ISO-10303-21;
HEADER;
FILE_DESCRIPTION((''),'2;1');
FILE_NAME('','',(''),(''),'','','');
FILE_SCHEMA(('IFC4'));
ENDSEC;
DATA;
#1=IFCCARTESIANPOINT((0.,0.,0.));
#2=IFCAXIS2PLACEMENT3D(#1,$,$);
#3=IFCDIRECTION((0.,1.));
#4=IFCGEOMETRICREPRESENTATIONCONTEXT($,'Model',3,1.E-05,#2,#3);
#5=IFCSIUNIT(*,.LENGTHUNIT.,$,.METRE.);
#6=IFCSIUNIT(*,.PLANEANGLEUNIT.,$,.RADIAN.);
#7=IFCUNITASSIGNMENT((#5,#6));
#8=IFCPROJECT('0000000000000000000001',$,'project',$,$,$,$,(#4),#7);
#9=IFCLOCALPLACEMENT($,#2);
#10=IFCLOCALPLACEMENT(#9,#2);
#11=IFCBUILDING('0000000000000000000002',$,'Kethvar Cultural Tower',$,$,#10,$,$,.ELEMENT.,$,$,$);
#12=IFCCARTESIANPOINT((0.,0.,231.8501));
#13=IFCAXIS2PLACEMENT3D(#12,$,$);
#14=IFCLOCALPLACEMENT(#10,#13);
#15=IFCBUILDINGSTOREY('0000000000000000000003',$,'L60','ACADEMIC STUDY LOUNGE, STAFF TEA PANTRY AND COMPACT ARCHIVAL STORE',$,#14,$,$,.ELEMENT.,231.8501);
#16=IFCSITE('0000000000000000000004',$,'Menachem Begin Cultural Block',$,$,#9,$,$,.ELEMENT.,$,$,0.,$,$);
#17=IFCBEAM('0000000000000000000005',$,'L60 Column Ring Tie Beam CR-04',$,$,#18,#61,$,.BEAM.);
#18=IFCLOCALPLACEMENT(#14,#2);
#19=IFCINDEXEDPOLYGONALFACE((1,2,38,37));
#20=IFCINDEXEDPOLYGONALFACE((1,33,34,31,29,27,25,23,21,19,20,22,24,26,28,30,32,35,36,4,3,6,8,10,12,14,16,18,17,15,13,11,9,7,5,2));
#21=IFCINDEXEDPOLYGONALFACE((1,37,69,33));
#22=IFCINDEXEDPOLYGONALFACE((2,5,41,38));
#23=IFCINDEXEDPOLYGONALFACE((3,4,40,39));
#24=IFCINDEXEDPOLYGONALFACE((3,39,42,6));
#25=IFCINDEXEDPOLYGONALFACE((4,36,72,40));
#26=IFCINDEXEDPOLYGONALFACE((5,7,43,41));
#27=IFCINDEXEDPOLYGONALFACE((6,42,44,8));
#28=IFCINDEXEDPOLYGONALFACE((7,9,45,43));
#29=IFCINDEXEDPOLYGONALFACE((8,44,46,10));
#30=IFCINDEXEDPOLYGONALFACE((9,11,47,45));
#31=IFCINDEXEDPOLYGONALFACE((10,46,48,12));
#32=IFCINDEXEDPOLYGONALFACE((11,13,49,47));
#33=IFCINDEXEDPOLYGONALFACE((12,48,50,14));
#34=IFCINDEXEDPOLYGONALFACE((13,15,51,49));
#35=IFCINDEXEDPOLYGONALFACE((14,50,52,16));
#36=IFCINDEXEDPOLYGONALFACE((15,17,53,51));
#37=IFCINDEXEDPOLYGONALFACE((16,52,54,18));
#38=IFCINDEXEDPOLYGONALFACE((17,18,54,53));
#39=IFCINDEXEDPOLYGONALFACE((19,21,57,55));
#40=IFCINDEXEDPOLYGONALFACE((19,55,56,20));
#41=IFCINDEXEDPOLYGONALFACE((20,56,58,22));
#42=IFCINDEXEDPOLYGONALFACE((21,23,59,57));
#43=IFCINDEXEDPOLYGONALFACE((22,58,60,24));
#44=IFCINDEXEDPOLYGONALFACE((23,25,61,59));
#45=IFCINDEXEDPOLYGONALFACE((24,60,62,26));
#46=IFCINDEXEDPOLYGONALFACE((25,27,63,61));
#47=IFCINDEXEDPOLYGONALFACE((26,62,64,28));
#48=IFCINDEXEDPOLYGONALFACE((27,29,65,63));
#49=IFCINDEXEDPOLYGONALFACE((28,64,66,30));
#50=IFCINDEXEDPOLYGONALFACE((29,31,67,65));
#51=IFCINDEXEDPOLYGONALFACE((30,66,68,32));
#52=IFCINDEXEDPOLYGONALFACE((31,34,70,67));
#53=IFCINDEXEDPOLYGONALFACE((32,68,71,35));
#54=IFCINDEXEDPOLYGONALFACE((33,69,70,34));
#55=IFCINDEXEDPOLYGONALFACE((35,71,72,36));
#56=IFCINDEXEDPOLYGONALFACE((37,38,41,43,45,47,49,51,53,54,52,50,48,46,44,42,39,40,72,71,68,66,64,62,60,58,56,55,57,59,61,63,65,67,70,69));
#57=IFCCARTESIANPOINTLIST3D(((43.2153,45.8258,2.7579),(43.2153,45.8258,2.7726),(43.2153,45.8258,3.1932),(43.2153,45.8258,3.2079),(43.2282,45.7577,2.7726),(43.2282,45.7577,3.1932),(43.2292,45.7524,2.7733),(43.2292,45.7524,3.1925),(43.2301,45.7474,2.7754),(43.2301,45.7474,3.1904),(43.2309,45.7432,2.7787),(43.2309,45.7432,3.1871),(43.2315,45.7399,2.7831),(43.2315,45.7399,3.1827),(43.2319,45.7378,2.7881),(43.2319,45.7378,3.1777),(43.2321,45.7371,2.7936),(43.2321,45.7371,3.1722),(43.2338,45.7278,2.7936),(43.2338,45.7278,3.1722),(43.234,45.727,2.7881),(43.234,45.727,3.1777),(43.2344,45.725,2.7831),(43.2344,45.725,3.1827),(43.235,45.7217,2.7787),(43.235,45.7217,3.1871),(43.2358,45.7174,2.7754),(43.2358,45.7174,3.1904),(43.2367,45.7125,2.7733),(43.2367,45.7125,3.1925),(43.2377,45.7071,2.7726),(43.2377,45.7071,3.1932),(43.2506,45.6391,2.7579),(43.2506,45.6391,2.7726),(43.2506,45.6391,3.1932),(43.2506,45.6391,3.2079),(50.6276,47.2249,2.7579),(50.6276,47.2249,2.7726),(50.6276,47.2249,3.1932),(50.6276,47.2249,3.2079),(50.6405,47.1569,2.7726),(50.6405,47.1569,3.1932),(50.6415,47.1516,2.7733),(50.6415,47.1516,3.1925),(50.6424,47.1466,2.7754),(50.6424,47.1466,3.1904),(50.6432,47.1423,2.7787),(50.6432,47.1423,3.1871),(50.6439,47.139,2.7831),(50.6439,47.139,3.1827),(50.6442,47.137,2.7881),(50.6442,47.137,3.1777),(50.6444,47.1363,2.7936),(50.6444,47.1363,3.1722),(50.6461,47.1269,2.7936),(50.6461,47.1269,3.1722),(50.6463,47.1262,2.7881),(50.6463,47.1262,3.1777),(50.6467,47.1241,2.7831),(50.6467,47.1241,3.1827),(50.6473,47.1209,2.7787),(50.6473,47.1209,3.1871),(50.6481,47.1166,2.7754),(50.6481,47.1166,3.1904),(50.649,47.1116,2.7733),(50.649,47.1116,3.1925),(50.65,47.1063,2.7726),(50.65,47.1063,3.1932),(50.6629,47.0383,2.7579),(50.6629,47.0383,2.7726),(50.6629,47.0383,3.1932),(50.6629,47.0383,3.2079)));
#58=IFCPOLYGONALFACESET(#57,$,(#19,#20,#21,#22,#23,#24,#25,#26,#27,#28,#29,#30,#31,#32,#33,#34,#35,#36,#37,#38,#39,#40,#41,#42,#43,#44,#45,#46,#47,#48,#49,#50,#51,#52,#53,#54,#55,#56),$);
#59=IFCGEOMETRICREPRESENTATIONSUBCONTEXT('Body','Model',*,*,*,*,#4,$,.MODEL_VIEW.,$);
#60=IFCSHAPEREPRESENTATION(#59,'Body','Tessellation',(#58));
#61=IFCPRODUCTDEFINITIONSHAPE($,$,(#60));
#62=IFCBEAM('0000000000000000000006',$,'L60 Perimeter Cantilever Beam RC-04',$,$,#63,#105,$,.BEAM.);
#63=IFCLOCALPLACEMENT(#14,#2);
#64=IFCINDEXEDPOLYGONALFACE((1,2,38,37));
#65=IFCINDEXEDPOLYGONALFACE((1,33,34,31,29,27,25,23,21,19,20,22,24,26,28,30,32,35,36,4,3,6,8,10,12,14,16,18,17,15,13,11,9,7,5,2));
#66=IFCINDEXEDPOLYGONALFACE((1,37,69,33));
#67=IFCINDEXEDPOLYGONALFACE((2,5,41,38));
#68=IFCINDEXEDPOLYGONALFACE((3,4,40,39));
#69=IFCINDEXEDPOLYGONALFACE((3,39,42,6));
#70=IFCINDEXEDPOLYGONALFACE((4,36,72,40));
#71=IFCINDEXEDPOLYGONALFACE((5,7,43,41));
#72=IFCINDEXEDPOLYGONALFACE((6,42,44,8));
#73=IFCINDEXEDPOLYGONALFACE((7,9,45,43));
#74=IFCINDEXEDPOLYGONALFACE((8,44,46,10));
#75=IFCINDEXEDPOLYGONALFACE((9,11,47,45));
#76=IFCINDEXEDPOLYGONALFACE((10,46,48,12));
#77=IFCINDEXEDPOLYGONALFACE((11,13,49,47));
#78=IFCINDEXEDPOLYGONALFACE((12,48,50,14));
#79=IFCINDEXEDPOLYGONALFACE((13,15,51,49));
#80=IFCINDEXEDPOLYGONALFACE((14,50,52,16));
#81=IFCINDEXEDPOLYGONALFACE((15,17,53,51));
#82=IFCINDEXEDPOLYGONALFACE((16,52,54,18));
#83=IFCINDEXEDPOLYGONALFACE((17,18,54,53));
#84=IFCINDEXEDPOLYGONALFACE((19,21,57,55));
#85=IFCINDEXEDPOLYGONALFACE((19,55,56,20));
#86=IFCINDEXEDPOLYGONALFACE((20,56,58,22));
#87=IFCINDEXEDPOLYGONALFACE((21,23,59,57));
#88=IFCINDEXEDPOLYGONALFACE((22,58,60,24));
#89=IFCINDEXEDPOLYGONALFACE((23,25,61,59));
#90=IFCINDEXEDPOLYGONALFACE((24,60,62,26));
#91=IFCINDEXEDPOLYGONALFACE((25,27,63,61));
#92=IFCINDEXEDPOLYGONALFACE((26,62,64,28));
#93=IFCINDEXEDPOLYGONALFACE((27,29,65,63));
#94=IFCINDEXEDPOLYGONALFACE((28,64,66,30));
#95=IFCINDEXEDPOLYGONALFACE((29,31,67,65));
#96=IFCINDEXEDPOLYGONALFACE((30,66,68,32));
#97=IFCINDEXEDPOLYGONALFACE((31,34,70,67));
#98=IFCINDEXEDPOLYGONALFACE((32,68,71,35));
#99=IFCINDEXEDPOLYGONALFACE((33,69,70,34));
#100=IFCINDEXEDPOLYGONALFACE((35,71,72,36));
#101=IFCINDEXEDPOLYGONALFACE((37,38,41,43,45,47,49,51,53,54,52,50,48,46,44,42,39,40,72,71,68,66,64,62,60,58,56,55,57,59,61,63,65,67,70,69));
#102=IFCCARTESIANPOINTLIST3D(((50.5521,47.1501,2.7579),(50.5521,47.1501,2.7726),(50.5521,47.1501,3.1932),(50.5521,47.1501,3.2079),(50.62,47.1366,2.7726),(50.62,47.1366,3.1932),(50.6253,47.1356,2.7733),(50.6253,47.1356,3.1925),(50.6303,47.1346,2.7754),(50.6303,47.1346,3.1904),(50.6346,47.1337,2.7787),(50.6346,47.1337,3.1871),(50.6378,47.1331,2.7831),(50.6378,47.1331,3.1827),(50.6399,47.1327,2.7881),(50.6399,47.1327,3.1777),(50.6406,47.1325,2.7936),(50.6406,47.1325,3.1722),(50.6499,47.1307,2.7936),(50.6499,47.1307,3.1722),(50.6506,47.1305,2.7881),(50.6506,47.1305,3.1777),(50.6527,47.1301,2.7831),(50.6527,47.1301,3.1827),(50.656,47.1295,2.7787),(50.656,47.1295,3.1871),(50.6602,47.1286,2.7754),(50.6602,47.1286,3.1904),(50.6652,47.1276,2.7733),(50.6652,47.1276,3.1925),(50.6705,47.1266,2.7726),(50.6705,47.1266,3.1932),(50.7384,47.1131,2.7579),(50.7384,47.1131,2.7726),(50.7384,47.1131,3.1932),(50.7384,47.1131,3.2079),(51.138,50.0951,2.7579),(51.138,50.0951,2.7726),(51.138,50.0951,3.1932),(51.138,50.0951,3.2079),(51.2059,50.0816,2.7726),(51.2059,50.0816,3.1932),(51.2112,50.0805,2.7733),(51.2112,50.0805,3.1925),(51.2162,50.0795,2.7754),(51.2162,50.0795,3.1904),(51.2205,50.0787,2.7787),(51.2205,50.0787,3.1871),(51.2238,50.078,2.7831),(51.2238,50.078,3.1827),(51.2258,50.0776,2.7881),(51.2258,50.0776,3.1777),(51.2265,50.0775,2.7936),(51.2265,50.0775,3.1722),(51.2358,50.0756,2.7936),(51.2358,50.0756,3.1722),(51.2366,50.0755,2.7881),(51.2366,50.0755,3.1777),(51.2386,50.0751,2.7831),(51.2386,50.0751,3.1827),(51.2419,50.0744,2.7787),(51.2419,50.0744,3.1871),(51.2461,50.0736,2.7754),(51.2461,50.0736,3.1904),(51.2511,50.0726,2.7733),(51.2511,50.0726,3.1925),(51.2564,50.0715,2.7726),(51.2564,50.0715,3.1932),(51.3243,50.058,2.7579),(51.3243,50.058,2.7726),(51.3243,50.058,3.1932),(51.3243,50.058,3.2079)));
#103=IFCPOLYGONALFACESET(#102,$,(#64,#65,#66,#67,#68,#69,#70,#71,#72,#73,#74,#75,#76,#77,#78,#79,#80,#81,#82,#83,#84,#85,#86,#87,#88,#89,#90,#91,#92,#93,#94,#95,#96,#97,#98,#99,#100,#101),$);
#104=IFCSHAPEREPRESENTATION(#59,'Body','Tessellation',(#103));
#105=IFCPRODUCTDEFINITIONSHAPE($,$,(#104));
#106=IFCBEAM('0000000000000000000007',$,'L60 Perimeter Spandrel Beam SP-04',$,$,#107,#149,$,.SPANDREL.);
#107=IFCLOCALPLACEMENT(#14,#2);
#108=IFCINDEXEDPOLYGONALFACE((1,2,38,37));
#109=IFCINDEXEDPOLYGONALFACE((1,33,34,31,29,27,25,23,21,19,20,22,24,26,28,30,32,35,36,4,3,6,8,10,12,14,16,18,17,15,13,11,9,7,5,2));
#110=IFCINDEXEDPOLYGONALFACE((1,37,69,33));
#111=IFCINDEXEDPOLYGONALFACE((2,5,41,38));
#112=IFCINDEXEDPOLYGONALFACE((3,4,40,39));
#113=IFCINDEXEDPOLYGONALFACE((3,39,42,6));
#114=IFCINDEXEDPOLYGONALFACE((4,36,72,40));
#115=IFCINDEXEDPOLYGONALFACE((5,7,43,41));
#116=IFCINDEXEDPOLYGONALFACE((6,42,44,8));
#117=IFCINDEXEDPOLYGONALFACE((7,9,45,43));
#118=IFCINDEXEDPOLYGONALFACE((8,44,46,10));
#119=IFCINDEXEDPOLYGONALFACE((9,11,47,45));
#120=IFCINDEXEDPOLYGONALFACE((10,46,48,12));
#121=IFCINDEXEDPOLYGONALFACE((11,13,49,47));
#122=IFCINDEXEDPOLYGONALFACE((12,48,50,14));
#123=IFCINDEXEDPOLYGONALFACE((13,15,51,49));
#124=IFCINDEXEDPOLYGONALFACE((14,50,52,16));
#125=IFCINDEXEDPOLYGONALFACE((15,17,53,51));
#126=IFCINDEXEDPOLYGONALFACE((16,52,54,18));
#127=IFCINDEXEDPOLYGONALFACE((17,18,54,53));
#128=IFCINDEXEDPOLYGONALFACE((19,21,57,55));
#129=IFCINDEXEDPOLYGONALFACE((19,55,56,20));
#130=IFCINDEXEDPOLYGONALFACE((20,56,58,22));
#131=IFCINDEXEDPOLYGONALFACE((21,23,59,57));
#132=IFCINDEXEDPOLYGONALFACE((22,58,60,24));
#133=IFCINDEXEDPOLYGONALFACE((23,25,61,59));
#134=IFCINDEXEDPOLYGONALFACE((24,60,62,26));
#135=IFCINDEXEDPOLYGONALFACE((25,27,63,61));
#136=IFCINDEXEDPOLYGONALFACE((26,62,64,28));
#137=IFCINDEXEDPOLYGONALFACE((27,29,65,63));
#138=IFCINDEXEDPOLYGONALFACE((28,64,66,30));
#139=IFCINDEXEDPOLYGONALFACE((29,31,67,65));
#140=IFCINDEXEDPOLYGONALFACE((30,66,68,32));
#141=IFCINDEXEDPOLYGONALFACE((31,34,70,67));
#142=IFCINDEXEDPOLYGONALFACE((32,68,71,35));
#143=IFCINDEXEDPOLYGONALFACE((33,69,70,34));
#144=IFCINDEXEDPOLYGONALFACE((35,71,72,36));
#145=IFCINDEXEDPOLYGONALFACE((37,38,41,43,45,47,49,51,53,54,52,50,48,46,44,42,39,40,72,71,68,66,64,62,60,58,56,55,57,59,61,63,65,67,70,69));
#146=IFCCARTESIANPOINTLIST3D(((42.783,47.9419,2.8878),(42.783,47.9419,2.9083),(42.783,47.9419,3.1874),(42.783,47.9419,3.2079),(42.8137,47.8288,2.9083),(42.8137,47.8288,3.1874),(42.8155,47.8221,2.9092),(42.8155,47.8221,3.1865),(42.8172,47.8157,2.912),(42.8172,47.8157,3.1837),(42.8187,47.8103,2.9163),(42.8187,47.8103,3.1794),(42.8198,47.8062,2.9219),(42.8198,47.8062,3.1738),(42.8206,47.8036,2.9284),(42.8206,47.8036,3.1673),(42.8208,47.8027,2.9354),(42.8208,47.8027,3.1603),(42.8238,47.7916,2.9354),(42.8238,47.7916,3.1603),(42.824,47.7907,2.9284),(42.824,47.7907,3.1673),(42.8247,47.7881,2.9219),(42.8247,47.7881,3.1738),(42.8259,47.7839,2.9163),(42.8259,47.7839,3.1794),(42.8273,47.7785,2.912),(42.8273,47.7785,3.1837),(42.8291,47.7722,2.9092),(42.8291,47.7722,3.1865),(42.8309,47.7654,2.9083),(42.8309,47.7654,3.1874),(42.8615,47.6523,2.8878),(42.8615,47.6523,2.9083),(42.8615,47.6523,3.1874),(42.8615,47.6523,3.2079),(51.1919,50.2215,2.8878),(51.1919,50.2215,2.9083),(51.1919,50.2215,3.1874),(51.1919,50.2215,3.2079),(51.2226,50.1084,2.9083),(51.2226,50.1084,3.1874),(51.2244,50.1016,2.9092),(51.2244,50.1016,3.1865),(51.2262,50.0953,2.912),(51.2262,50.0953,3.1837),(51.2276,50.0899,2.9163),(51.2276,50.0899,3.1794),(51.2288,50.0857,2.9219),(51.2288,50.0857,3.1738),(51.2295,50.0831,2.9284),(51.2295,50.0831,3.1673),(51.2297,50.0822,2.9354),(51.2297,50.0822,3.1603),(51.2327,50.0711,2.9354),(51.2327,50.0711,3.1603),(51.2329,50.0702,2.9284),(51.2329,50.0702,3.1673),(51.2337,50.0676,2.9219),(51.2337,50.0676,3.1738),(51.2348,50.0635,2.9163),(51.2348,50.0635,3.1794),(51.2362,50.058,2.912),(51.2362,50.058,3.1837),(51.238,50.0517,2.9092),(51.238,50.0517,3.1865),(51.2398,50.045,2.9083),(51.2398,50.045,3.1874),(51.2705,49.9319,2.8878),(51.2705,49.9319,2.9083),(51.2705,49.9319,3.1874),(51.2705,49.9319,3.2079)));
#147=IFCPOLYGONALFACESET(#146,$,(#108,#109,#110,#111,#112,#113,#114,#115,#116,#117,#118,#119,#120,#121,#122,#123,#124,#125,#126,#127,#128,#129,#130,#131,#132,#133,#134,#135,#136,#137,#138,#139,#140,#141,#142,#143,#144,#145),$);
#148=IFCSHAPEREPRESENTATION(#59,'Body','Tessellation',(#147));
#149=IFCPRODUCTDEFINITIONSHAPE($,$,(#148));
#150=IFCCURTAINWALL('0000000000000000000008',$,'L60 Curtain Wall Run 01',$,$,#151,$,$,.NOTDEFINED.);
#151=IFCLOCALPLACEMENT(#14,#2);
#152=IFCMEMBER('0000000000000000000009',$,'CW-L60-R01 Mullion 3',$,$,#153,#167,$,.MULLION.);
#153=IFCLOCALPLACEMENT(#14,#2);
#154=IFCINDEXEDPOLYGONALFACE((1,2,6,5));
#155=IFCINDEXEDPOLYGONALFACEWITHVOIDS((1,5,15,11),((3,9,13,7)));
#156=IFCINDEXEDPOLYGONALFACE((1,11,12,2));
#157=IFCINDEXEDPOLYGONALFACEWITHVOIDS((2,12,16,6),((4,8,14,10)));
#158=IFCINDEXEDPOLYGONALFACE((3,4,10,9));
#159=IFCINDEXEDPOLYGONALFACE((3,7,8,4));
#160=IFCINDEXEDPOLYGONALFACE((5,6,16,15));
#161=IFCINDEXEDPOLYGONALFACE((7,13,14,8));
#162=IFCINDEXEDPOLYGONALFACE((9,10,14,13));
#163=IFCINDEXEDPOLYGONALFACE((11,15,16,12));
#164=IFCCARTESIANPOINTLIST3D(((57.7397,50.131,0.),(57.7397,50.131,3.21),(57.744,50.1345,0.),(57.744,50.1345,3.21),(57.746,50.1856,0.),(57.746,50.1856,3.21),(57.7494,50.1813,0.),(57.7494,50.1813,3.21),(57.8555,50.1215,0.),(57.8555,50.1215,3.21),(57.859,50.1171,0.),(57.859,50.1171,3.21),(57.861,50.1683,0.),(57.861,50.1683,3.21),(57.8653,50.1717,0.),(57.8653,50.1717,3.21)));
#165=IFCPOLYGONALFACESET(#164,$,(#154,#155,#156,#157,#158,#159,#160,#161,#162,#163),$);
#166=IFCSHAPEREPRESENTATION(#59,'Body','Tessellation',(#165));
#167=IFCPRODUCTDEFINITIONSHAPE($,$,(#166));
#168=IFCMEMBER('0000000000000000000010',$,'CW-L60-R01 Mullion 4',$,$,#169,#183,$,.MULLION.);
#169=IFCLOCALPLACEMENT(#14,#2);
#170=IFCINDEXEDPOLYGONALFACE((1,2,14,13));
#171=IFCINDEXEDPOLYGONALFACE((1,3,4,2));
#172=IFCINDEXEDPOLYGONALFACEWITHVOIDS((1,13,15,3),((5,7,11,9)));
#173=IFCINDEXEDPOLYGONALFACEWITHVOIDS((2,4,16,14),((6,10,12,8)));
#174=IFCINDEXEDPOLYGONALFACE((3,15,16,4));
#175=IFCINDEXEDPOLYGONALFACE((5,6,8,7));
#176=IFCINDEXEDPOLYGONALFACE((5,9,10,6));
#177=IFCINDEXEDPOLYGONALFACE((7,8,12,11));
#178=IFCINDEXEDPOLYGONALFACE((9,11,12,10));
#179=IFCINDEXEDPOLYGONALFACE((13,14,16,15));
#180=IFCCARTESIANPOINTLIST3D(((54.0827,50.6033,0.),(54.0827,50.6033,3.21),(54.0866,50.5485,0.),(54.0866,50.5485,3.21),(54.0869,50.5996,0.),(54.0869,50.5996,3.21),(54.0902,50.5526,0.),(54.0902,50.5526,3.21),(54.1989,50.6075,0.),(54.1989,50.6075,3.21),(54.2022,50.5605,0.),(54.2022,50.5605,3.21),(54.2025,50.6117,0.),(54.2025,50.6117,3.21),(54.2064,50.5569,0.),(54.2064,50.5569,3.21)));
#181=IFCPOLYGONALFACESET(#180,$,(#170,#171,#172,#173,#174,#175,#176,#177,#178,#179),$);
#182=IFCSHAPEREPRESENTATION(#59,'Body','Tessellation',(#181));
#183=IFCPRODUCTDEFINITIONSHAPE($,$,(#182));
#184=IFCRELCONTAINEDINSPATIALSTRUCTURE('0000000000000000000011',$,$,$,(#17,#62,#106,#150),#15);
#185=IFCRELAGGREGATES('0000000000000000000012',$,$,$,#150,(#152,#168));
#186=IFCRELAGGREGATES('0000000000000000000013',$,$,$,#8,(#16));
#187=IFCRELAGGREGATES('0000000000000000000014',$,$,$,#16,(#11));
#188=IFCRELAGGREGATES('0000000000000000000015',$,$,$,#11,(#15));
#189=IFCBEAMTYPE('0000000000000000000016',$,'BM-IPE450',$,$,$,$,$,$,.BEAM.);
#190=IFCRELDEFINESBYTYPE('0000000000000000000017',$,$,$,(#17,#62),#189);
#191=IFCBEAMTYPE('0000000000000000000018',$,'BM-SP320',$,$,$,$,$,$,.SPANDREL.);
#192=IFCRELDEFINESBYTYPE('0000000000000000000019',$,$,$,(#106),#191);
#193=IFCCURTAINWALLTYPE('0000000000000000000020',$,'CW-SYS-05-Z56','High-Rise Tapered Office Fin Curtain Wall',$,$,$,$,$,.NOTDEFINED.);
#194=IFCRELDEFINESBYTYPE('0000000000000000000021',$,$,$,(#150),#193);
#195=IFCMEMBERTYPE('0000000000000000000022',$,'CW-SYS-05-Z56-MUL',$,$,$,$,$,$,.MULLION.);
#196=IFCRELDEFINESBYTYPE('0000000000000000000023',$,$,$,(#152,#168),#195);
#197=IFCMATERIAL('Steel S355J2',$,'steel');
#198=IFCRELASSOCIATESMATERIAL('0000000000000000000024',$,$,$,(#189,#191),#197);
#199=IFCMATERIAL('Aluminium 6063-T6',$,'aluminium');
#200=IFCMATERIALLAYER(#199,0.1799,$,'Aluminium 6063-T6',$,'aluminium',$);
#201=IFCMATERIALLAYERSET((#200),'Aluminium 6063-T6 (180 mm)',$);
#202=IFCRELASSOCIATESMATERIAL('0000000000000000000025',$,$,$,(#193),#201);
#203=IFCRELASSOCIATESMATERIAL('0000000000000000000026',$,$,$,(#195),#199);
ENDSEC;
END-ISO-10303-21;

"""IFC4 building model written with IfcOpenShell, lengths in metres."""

from ifc_helpers import new_model, si_unit, direction, frame, origin, origin_2d, place, context, subcontext, project, spatial, hollow_rectangle, i_section, extrude, source, transform, mapped, material, layer, layer_set, material_profile, profile_set, type_object, element, aggregate, save


model = new_model("IFC4")

# Units and contexts
model_context = context("Model", 3, precision=1e-05, world=origin(), true_north=direction((0.0, 1.0)))
body_context = subcontext(model_context, "Body", "Model", "MODEL_VIEW")
ifc_project = project(units=[si_unit("LENGTHUNIT", "METRE"), si_unit("PLANEANGLEUNIT", "RADIAN")], contexts=[model_context])

# Site, building, storey
site_placement = place(None, origin())
site = spatial("IfcSite", under=ifc_project, at=site_placement, Name="Menachem Begin Cultural Block", CompositionType="ELEMENT", RefElevation=0.0)
building_placement = place(site_placement, origin())
building = spatial("IfcBuilding", under=site, at=building_placement, Name="Kethvar Cultural Tower", CompositionType="ELEMENT")
storey_placement = place(building_placement, frame((0.0, 0.0, 231.8501)))
storey = spatial("IfcBuildingStorey", under=building, at=storey_placement, Name="L60", Description="ACADEMIC STUDY LOUNGE, STAFF TEA PANTRY AND COMPACT ARCHIVAL STORE", CompositionType="ELEMENT", Elevation=231.8501)

# Beams
ifc_material_1 = material(Name="Steel S355J2", Category="steel")
ifc_material_profile_1 = material_profile(ifc_material_1, i_section(OverallWidth=0.1899, OverallDepth=0.45, WebThickness=0.0095, FlangeThickness=0.0146, FilletRadius=0.021, at=origin_2d()), Name="Steel S355J2 — IPE450")
ifc_profile_set_1 = profile_set([ifc_material_profile_1], Name="Steel S355J2 — IPE450")
beam_type_1 = type_object("IfcBeamType", Name="BM-IPE450", PredefinedType="BEAM", material=ifc_profile_set_1)
shared_shape_1 = source(origin(), body_context, "Body", "SweptSolid", [
    extrude(i_section(OverallWidth=0.1899, OverallDepth=0.45, WebThickness=0.0095, FlangeThickness=0.0146, FilletRadius=0.021, at=origin_2d()), origin(), (0.0, 0.0, 1.0), 7.5432),
])
beam_1_placement = place(storey_placement, frame((50.6453, 47.1316, 2.9829), z_axis=(-0.982647, -0.185486, 0.0), x_axis=(0.185486, -0.982647, 0.0)))
element("IfcBeam", 1, at=beam_1_placement, inside=storey, type_object=beam_type_1, Name="L60 Column Ring Tie Beam CR-04", PredefinedType="BEAM", context=body_context, shape_type="MappedRepresentation", body=[
    mapped(shared_shape_1, transform((0.0, 0.0, 0.0), scale=1.0)),
])
shared_shape_2 = source(origin(), body_context, "Body", "SweptSolid", [
    extrude(i_section(OverallWidth=0.1899, OverallDepth=0.45, WebThickness=0.0095, FlangeThickness=0.0146, FilletRadius=0.021, at=origin_2d()), origin(), (0.0, 0.0, 1.0), 3.0027),
])
beam_2_placement = place(storey_placement, frame((50.6453, 47.1316, 2.9829), z_axis=(0.195131, 0.980777, 0.0), x_axis=(-0.980777, 0.195131, 0.0)))
element("IfcBeam", 2, at=beam_2_placement, inside=storey, type_object=beam_type_1, Name="L60 Perimeter Cantilever Beam RC-04", PredefinedType="BEAM", context=body_context, shape_type="MappedRepresentation", body=[
    mapped(shared_shape_2, transform((0.0, 0.0, 0.0), scale=1.0)),
])
ifc_material_profile_2 = material_profile(ifc_material_1, i_section(OverallWidth=0.3, OverallDepth=0.3201, WebThickness=0.0115, FlangeThickness=0.0205, FilletRadius=0.0271, at=origin_2d()), Name="Steel S355J2 — HEB320")
ifc_profile_set_2 = profile_set([ifc_material_profile_2], Name="Steel S355J2 — HEB320")
beam_type_2 = type_object("IfcBeamType", Name="BM-SP320", PredefinedType="SPANDREL", material=ifc_profile_set_2)
shared_shape_3 = source(origin(), body_context, "Body", "SweptSolid", [
    extrude(i_section(OverallWidth=0.3, OverallDepth=0.3201, WebThickness=0.0115, FlangeThickness=0.0205, FilletRadius=0.0271, at=origin_2d()), origin(), (0.0, 0.0, 1.0), 8.7124),
])
beam_3_placement = place(storey_placement, frame((51.2312, 50.0767, 3.0479), z_axis=(-0.965165, -0.261642, 0.0), x_axis=(0.261642, -0.965165, 0.0)))
element("IfcBeam", 3, at=beam_3_placement, inside=storey, type_object=beam_type_2, Name="L60 Perimeter Spandrel Beam SP-04", PredefinedType="SPANDREL", context=body_context, shape_type="MappedRepresentation", body=[
    mapped(shared_shape_3, transform((0.0, 0.0, 0.0), scale=1.0)),
])

# Curtain wall, members
ifc_material_2 = material(Name="Aluminium 6063-T6", Category="aluminium")
ifc_layer_1 = layer(ifc_material_2, 0.1799, Name="Aluminium 6063-T6", Category="aluminium")
ifc_layer_set_1 = layer_set([ifc_layer_1], Name="Aluminium 6063-T6 (180 mm)")
curtain_wall_type = type_object("IfcCurtainWallType", Name="CW-SYS-05-Z56", Description="High-Rise Tapered Office Fin Curtain Wall", PredefinedType="NOTDEFINED", material=ifc_layer_set_1)
curtain_wall_placement = place(storey_placement, origin())
curtain_wall = element("IfcCurtainWall", 4, at=curtain_wall_placement, inside=storey, type_object=curtain_wall_type, Name="L60 Curtain Wall Run 01", PredefinedType="NOTDEFINED")
ifc_material_profile_3 = material_profile(ifc_material_2, hollow_rectangle(XDim=0.0549, YDim=0.1201, WallThickness=0.0039, at=origin_2d()), Name="Aluminium 6063-T6 — RHS120x55x4")
ifc_profile_set_3 = profile_set([ifc_material_profile_3], Name="Aluminium 6063-T6 — RHS120x55x4")
member_type_1 = type_object("IfcMemberType", Name="CW-SYS-05-Z56-MUL", PredefinedType="MULLION", material=ifc_profile_set_3)
shared_shape_4 = source(origin(), body_context, "Body", "SweptSolid", [
    extrude(hollow_rectangle(XDim=0.0549, YDim=0.1201, WallThickness=0.0039, at=origin_2d()), origin(), (0.0, 0.0, 1.0), 3.21),
])
member_1_placement = place(storey_placement, frame((57.8025, 50.1514, 0.0), z_axis=(0.0, 0.0, 1.0), x_axis=(-0.115943, -0.993256, 0.0)))
member_1 = element("IfcMember", 5, at=member_1_placement, type_object=member_type_1, Name="CW-L60-R01 Mullion 3", PredefinedType="MULLION", context=body_context, shape_type="MappedRepresentation", body=[
    mapped(shared_shape_4, transform((0.0, 0.0, 0.0), scale=1.0)),
])
member_2_placement = place(storey_placement, frame((54.1445, 50.5801, 0.0), z_axis=(0.0, 0.0, 1.0), x_axis=(0.070261, -0.997529, 0.0)))
member_2 = element("IfcMember", 6, at=member_2_placement, type_object=member_type_1, Name="CW-L60-R01 Mullion 4", PredefinedType="MULLION", context=body_context, shape_type="MappedRepresentation", body=[
    mapped(shared_shape_4, transform((0.0, 0.0, 0.0), scale=1.0)),
])
aggregate(curtain_wall, [member_1, member_2])

save(model, "model.ifc")
